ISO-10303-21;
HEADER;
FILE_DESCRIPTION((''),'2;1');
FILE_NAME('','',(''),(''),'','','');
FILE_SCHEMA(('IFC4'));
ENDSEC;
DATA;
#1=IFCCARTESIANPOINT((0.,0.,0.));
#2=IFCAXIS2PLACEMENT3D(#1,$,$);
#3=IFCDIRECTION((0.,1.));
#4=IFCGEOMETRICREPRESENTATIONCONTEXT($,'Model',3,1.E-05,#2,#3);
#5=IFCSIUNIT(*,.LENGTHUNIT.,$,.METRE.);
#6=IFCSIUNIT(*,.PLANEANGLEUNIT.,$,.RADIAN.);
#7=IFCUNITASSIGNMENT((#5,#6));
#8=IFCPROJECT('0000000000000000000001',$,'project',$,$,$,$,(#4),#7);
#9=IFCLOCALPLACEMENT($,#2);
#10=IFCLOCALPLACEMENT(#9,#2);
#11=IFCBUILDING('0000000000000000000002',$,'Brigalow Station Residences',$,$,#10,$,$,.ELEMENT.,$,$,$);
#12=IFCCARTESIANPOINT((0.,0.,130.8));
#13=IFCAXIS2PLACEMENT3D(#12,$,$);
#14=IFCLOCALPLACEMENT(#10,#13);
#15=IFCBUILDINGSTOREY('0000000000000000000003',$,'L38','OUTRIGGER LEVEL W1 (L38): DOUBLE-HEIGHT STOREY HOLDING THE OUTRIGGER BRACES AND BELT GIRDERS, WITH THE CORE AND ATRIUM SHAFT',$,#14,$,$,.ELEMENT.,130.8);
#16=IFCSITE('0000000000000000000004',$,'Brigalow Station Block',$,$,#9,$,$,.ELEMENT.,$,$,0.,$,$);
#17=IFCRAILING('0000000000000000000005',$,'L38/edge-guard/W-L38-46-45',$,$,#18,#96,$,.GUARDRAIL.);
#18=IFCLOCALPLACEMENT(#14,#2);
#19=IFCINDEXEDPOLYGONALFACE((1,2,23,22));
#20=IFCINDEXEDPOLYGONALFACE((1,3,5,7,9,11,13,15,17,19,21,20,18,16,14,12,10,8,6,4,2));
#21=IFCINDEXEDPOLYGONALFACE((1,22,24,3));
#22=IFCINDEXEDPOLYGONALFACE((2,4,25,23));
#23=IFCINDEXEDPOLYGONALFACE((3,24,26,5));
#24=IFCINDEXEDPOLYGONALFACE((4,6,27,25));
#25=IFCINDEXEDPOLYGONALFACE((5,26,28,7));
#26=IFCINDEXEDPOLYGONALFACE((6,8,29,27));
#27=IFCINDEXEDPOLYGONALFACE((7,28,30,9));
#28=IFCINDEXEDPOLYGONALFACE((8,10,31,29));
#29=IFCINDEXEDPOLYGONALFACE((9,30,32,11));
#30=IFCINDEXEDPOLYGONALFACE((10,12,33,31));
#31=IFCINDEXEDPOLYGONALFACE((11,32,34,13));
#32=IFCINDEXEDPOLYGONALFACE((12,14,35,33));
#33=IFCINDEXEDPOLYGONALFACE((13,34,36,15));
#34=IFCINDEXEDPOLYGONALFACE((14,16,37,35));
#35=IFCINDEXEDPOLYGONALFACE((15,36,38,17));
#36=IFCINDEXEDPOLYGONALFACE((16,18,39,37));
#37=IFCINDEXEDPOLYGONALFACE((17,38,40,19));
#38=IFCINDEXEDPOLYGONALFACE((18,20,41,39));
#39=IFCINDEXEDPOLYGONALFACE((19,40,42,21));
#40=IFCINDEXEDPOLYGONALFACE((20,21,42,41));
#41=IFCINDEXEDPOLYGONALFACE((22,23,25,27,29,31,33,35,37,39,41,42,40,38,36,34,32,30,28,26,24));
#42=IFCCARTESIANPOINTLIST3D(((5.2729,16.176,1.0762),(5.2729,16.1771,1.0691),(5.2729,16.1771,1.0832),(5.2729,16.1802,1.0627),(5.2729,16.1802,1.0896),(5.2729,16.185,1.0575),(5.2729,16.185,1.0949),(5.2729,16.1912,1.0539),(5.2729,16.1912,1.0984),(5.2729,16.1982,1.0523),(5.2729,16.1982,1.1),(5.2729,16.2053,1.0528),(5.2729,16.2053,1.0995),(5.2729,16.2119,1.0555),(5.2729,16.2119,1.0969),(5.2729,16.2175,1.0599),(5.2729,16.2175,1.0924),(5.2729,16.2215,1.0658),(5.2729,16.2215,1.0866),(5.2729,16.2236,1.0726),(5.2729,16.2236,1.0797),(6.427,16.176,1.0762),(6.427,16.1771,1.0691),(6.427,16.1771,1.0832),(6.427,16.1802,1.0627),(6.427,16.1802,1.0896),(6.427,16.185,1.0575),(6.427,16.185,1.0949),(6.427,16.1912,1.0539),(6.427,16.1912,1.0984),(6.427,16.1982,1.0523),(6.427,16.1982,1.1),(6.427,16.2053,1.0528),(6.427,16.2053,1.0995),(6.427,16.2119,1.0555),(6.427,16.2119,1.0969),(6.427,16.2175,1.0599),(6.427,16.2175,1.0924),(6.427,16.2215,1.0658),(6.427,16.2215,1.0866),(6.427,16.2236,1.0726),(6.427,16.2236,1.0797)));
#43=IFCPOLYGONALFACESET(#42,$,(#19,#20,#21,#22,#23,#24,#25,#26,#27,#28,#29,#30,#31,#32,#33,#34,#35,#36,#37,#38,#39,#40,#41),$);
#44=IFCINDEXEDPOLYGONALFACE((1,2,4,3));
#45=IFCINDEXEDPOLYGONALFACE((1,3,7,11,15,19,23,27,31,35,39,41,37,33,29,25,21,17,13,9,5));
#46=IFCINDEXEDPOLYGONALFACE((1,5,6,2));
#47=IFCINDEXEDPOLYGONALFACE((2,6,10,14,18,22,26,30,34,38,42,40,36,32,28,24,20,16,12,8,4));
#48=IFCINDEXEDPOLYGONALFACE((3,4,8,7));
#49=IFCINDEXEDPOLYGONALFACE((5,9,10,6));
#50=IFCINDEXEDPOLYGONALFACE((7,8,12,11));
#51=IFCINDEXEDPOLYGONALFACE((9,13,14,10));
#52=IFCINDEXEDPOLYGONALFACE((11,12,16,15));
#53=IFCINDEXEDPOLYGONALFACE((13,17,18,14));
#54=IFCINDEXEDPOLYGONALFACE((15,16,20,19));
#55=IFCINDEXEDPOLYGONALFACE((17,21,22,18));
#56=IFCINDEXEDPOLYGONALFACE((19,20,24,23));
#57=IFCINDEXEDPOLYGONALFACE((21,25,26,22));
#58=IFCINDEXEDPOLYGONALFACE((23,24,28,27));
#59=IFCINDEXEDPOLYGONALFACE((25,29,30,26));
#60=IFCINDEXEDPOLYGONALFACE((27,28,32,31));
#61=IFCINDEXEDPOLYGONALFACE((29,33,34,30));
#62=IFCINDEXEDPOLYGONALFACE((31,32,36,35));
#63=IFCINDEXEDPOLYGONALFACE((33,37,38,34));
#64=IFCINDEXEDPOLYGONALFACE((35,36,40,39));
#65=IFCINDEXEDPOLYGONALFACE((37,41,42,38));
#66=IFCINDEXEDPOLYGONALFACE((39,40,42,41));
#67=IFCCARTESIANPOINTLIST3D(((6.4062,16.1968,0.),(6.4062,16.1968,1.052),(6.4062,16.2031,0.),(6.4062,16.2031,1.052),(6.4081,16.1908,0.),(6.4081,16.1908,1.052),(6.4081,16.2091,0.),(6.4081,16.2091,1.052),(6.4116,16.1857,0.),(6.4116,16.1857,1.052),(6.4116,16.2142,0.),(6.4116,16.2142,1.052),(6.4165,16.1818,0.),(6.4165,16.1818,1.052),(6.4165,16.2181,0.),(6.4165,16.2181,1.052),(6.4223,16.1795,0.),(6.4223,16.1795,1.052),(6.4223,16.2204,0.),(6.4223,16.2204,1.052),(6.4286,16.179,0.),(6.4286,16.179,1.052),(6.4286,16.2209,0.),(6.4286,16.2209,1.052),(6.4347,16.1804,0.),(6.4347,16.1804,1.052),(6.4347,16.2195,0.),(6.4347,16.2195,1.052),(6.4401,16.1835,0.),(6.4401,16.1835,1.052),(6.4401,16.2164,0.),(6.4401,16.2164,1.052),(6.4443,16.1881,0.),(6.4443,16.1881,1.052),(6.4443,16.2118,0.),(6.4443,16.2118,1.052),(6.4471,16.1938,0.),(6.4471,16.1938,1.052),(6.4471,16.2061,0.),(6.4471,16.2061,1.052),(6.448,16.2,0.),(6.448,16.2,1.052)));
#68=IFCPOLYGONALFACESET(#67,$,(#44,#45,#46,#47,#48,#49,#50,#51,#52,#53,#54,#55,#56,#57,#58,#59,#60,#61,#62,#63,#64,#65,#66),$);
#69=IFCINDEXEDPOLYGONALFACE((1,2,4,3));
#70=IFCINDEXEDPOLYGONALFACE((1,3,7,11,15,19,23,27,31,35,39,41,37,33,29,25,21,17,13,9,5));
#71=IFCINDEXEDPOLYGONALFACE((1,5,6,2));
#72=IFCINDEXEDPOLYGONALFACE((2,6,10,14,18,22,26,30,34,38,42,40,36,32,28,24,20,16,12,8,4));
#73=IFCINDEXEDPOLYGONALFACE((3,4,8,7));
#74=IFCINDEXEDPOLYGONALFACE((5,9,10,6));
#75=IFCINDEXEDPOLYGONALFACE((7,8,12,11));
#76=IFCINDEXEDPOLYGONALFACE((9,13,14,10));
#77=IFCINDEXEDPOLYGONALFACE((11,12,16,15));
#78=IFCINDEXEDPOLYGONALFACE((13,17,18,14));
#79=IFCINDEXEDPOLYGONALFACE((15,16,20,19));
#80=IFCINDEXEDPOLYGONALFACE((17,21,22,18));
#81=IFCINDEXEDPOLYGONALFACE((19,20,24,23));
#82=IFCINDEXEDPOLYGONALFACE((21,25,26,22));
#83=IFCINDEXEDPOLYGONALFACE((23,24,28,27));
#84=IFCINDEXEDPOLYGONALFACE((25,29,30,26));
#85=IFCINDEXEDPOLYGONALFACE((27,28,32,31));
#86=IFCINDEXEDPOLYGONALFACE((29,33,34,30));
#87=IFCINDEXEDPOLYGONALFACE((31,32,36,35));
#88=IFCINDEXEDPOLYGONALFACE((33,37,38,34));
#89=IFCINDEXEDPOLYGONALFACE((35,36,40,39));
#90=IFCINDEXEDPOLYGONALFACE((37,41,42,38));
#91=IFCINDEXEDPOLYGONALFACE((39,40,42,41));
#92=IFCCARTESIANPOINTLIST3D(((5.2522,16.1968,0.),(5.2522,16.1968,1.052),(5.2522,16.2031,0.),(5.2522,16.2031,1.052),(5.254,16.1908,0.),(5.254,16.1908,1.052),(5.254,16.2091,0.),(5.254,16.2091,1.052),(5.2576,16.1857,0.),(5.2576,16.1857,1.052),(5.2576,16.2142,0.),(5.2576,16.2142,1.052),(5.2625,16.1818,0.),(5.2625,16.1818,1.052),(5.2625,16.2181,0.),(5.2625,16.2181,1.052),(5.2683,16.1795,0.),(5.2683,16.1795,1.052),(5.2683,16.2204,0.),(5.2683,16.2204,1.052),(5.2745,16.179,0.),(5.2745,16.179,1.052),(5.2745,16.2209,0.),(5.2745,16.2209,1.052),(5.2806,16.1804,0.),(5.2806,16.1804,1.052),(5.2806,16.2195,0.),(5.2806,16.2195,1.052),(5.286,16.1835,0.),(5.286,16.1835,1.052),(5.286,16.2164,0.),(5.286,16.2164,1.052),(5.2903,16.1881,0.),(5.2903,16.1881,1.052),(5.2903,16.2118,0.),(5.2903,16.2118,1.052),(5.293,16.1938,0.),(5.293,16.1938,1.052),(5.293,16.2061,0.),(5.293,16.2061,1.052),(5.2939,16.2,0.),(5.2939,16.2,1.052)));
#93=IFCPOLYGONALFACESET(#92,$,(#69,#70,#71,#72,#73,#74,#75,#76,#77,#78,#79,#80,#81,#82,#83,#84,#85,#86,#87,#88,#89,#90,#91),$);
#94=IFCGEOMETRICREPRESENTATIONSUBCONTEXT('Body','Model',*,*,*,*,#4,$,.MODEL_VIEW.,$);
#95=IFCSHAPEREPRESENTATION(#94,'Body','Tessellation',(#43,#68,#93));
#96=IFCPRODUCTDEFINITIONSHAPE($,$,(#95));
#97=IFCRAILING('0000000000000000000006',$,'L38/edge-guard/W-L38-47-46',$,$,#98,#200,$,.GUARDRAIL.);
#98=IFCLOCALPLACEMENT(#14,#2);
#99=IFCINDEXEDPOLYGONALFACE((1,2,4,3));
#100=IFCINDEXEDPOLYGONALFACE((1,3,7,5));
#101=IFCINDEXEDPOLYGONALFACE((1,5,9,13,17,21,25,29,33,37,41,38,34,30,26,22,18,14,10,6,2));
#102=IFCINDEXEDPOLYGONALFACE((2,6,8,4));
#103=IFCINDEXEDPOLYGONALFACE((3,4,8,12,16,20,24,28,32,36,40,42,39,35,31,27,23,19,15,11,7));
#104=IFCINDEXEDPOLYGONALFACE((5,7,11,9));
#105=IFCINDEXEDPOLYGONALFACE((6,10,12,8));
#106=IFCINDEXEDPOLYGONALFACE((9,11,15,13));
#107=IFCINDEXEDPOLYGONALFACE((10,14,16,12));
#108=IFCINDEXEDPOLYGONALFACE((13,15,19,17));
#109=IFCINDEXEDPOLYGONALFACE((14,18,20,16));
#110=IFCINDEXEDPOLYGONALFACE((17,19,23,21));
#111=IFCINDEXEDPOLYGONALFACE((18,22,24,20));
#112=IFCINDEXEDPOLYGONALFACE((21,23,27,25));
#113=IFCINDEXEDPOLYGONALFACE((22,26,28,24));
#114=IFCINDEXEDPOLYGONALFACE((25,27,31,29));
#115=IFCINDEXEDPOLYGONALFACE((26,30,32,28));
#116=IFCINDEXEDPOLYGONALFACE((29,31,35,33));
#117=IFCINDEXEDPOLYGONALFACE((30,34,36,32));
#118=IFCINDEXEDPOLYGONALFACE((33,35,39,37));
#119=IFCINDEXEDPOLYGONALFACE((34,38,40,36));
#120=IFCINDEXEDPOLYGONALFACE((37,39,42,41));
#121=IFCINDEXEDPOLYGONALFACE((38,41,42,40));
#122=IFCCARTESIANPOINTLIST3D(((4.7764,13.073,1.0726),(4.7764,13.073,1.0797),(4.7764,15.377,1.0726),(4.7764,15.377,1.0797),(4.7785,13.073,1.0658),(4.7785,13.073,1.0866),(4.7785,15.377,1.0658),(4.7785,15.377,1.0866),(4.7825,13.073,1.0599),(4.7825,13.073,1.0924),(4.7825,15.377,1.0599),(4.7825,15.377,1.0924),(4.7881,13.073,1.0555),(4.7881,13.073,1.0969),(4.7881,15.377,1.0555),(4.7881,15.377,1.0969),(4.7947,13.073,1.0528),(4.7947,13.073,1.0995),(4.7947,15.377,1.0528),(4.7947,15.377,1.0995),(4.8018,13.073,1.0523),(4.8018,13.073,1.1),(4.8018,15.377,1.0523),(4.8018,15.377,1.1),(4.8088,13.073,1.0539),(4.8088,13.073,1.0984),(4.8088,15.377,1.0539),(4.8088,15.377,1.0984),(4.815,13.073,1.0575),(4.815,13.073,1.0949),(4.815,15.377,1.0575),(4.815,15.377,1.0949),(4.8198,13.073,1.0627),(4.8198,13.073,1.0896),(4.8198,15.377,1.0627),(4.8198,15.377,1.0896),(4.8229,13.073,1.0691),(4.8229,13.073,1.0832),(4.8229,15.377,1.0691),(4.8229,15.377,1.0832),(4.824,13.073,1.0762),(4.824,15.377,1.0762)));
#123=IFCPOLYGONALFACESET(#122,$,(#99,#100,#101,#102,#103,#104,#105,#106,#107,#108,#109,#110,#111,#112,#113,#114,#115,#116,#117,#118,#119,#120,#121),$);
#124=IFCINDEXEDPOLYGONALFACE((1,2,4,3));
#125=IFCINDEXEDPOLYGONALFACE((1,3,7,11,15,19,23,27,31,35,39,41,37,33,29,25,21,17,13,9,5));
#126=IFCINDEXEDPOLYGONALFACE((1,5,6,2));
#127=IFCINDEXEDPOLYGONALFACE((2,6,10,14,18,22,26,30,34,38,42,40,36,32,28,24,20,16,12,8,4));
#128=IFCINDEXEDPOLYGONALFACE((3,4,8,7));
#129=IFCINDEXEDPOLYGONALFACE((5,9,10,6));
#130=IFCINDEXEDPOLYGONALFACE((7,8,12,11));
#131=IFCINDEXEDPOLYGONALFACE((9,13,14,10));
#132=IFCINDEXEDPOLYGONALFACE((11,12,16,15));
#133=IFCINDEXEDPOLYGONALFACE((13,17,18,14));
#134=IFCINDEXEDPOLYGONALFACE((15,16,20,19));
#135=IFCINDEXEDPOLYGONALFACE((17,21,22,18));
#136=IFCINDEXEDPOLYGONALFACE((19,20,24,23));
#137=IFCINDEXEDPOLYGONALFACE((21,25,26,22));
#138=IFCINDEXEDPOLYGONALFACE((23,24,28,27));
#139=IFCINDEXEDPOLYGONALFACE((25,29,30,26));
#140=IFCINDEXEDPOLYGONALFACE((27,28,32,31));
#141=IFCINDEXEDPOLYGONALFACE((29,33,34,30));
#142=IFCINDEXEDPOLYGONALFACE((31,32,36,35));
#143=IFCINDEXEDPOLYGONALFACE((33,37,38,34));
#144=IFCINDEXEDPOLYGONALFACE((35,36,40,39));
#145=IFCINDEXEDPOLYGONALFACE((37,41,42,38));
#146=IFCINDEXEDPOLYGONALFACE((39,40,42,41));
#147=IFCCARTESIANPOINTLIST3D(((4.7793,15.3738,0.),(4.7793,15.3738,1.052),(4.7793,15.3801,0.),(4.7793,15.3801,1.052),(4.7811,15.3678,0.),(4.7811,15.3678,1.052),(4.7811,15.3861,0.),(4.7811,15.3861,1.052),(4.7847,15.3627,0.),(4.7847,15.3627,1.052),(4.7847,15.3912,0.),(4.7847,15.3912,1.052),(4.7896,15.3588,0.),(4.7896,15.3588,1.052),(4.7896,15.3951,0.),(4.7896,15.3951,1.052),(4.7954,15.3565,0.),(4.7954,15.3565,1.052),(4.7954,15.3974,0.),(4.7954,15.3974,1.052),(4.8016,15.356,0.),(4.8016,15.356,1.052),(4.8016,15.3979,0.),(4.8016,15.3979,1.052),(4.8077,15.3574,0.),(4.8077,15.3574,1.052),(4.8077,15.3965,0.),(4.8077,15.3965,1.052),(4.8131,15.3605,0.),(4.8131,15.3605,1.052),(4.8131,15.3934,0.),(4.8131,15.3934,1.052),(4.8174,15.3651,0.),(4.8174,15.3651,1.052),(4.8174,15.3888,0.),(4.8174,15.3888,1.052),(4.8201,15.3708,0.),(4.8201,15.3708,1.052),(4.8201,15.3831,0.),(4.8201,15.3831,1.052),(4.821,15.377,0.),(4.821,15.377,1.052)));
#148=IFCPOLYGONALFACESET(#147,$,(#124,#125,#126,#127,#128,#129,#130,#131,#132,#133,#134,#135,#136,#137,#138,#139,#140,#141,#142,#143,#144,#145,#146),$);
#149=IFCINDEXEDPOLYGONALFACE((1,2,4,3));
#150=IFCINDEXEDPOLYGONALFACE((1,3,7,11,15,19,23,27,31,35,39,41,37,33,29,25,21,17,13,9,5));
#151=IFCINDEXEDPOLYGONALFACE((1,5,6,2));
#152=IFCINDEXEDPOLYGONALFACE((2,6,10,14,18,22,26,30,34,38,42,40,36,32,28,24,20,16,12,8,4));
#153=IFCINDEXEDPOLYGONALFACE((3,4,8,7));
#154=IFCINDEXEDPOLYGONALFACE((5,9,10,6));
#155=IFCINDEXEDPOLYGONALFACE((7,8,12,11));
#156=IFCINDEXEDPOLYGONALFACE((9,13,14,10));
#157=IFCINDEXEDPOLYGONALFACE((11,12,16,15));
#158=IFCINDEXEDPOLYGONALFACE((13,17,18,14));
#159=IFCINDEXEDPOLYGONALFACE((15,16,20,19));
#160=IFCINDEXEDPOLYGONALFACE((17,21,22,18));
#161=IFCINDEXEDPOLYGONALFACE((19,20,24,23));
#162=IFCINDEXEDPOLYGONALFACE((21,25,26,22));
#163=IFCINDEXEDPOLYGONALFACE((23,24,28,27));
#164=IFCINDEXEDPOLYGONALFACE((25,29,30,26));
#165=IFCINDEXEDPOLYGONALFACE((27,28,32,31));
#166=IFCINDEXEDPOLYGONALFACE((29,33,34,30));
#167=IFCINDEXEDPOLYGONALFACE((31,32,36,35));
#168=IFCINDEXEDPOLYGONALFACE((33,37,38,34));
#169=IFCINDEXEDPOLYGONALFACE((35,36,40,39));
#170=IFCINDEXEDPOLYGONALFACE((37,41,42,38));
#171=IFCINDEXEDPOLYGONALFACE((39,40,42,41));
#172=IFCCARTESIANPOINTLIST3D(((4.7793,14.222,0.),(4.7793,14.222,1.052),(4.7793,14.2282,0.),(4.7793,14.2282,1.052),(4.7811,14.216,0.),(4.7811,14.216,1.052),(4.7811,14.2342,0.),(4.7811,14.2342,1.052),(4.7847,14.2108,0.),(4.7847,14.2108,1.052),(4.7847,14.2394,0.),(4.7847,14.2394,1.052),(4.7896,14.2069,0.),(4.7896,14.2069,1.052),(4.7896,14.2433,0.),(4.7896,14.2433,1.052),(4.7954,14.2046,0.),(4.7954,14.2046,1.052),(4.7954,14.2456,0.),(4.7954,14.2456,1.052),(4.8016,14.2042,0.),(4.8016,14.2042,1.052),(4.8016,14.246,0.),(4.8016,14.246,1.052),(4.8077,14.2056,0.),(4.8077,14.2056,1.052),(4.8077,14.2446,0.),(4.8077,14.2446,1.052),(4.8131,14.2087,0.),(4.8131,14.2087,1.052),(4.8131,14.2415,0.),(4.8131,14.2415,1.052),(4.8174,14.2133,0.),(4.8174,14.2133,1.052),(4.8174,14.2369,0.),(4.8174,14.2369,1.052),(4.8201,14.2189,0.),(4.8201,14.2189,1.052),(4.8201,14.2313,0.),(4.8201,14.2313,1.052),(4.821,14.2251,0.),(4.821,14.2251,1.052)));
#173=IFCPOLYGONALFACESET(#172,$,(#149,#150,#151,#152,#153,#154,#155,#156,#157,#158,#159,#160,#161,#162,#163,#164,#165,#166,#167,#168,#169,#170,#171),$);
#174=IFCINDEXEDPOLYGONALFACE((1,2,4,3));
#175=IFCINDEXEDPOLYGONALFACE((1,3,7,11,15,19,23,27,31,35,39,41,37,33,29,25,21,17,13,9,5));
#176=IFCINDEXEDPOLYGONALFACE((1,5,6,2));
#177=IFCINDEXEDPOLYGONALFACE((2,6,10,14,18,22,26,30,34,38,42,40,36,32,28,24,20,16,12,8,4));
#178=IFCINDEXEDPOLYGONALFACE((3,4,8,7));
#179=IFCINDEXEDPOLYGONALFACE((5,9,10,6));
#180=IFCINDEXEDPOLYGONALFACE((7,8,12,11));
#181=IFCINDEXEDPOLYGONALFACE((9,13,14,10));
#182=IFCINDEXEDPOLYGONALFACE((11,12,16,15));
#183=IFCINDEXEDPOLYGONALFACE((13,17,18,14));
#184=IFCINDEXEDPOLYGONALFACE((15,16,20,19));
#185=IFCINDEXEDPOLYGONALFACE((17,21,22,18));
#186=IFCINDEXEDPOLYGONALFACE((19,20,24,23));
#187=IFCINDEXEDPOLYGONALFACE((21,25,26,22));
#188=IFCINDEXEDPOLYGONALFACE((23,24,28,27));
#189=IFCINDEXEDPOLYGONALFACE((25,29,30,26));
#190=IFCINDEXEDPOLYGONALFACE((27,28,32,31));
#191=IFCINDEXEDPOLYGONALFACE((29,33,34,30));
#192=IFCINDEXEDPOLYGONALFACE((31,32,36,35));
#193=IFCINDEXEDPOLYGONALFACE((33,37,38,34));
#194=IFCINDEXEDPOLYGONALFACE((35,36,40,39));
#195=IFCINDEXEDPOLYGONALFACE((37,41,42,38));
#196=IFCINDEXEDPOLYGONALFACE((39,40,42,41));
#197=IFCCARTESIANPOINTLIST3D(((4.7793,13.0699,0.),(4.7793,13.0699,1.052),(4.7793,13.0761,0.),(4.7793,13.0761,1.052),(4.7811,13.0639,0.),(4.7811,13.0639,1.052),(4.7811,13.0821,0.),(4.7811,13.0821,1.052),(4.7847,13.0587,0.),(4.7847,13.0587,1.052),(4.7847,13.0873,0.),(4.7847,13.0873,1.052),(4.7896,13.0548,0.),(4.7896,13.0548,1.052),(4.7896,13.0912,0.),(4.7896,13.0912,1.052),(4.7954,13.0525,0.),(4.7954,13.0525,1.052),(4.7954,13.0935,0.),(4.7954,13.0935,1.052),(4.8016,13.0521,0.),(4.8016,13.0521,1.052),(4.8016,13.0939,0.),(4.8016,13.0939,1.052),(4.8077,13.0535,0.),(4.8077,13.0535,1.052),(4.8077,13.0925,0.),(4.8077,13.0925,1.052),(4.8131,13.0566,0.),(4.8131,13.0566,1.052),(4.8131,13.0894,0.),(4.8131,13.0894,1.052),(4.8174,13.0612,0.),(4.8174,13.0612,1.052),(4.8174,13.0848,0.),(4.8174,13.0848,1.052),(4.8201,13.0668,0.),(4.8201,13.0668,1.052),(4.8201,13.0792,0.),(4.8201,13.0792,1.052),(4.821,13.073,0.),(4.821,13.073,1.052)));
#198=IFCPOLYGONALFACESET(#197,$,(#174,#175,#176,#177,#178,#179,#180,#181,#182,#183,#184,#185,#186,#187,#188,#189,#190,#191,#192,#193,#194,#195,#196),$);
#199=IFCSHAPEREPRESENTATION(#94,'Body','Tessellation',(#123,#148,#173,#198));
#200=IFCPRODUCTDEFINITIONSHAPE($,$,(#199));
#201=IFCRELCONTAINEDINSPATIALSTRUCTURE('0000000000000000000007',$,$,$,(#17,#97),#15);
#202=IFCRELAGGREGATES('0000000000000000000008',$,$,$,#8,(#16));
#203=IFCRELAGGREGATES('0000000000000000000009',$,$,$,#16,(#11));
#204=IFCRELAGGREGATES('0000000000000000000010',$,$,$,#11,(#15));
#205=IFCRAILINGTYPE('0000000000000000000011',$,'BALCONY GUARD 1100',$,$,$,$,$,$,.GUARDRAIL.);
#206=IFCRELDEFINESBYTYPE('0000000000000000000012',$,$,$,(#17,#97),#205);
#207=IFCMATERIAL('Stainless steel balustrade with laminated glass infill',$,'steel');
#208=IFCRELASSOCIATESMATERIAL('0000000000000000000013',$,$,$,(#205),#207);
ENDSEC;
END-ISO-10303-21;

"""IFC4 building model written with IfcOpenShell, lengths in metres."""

from ifc_helpers import new_model, si_unit, direction, frame, origin, origin_2d, place, context, subcontext, project, spatial, circle, extrude, material, type_object, element, save


model = new_model("IFC4")

# Units and contexts
model_context = context("Model", 3, precision=1e-05, world=origin(), true_north=direction((0.0, 1.0)))
body_context = subcontext(model_context, "Body", "Model", "MODEL_VIEW")
ifc_project = project(units=[si_unit("LENGTHUNIT", "METRE"), si_unit("PLANEANGLEUNIT", "RADIAN")], contexts=[model_context])

# Site, building, storey
site_placement = place(None, origin())
site = spatial("IfcSite", under=ifc_project, at=site_placement, Name="Brigalow Station Block", CompositionType="ELEMENT", RefElevation=0.0)
building_placement = place(site_placement, origin())
building = spatial("IfcBuilding", under=site, at=building_placement, Name="Brigalow Station Residences", CompositionType="ELEMENT")
storey_placement = place(building_placement, frame((0.0, 0.0, 130.8)))
storey = spatial("IfcBuildingStorey", under=building, at=storey_placement, Name="L38", Description="OUTRIGGER LEVEL W1 (L38): DOUBLE-HEIGHT STOREY HOLDING THE OUTRIGGER BRACES AND BELT GIRDERS, WITH THE CORE AND ATRIUM SHAFT", CompositionType="ELEMENT", Elevation=130.8)

# Railings
ifc_material_1 = material(Name="Stainless steel balustrade with laminated glass infill", Category="steel")
railing_type = type_object("IfcRailingType", Name="BALCONY GUARD 1100", PredefinedType="GUARDRAIL", material=ifc_material_1)
railing_1_placement = place(storey_placement, frame((6.427, 16.2, 0.0)))
element("IfcRailing", 1, at=railing_1_placement, inside=storey, type_object=railing_type, Name="L38/edge-guard/W-L38-46-45", PredefinedType="GUARDRAIL", context=body_context, shape_type="SweptSolid", body=[
    extrude(circle(Radius=0.0239, at=origin_2d()), frame((0.0, 0.0, 1.0762), z_axis=(-1.0, 0.0, 0.0), x_axis=(0.0, -1.0, 0.0)), (0.0, 0.0, 1.0), 1.1541),
    extrude(circle(Radius=0.021, at=origin_2d()), origin(), (0.0, 0.0, 1.0), 1.052),
    extrude(circle(Radius=0.021, at=origin_2d()), frame((-1.1541, 0.0, 0.0)), (0.0, 0.0, 1.0), 1.052),
])
railing_2_placement = place(storey_placement, frame((4.8, 15.377, 0.0)))
element("IfcRailing", 2, at=railing_2_placement, inside=storey, type_object=railing_type, Name="L38/edge-guard/W-L38-47-46", PredefinedType="GUARDRAIL", context=body_context, shape_type="SweptSolid", body=[
    extrude(circle(Radius=0.0239, at=origin_2d()), frame((0.0, 0.0, 1.0762), z_axis=(0.0, -1.0, 0.0), x_axis=(1.0, 0.0, 0.0)), (0.0, 0.0, 1.0), 2.304),
    extrude(circle(Radius=0.021, at=origin_2d()), origin(), (0.0, 0.0, 1.0), 1.052),
    extrude(circle(Radius=0.021, at=origin_2d()), frame((0.0, -1.1519, 0.0)), (0.0, 0.0, 1.0), 1.052),
    extrude(circle(Radius=0.021, at=origin_2d()), frame((0.0, -2.304, 0.0)), (0.0, 0.0, 1.0), 1.052),
])

save(model, "model.ifc")
